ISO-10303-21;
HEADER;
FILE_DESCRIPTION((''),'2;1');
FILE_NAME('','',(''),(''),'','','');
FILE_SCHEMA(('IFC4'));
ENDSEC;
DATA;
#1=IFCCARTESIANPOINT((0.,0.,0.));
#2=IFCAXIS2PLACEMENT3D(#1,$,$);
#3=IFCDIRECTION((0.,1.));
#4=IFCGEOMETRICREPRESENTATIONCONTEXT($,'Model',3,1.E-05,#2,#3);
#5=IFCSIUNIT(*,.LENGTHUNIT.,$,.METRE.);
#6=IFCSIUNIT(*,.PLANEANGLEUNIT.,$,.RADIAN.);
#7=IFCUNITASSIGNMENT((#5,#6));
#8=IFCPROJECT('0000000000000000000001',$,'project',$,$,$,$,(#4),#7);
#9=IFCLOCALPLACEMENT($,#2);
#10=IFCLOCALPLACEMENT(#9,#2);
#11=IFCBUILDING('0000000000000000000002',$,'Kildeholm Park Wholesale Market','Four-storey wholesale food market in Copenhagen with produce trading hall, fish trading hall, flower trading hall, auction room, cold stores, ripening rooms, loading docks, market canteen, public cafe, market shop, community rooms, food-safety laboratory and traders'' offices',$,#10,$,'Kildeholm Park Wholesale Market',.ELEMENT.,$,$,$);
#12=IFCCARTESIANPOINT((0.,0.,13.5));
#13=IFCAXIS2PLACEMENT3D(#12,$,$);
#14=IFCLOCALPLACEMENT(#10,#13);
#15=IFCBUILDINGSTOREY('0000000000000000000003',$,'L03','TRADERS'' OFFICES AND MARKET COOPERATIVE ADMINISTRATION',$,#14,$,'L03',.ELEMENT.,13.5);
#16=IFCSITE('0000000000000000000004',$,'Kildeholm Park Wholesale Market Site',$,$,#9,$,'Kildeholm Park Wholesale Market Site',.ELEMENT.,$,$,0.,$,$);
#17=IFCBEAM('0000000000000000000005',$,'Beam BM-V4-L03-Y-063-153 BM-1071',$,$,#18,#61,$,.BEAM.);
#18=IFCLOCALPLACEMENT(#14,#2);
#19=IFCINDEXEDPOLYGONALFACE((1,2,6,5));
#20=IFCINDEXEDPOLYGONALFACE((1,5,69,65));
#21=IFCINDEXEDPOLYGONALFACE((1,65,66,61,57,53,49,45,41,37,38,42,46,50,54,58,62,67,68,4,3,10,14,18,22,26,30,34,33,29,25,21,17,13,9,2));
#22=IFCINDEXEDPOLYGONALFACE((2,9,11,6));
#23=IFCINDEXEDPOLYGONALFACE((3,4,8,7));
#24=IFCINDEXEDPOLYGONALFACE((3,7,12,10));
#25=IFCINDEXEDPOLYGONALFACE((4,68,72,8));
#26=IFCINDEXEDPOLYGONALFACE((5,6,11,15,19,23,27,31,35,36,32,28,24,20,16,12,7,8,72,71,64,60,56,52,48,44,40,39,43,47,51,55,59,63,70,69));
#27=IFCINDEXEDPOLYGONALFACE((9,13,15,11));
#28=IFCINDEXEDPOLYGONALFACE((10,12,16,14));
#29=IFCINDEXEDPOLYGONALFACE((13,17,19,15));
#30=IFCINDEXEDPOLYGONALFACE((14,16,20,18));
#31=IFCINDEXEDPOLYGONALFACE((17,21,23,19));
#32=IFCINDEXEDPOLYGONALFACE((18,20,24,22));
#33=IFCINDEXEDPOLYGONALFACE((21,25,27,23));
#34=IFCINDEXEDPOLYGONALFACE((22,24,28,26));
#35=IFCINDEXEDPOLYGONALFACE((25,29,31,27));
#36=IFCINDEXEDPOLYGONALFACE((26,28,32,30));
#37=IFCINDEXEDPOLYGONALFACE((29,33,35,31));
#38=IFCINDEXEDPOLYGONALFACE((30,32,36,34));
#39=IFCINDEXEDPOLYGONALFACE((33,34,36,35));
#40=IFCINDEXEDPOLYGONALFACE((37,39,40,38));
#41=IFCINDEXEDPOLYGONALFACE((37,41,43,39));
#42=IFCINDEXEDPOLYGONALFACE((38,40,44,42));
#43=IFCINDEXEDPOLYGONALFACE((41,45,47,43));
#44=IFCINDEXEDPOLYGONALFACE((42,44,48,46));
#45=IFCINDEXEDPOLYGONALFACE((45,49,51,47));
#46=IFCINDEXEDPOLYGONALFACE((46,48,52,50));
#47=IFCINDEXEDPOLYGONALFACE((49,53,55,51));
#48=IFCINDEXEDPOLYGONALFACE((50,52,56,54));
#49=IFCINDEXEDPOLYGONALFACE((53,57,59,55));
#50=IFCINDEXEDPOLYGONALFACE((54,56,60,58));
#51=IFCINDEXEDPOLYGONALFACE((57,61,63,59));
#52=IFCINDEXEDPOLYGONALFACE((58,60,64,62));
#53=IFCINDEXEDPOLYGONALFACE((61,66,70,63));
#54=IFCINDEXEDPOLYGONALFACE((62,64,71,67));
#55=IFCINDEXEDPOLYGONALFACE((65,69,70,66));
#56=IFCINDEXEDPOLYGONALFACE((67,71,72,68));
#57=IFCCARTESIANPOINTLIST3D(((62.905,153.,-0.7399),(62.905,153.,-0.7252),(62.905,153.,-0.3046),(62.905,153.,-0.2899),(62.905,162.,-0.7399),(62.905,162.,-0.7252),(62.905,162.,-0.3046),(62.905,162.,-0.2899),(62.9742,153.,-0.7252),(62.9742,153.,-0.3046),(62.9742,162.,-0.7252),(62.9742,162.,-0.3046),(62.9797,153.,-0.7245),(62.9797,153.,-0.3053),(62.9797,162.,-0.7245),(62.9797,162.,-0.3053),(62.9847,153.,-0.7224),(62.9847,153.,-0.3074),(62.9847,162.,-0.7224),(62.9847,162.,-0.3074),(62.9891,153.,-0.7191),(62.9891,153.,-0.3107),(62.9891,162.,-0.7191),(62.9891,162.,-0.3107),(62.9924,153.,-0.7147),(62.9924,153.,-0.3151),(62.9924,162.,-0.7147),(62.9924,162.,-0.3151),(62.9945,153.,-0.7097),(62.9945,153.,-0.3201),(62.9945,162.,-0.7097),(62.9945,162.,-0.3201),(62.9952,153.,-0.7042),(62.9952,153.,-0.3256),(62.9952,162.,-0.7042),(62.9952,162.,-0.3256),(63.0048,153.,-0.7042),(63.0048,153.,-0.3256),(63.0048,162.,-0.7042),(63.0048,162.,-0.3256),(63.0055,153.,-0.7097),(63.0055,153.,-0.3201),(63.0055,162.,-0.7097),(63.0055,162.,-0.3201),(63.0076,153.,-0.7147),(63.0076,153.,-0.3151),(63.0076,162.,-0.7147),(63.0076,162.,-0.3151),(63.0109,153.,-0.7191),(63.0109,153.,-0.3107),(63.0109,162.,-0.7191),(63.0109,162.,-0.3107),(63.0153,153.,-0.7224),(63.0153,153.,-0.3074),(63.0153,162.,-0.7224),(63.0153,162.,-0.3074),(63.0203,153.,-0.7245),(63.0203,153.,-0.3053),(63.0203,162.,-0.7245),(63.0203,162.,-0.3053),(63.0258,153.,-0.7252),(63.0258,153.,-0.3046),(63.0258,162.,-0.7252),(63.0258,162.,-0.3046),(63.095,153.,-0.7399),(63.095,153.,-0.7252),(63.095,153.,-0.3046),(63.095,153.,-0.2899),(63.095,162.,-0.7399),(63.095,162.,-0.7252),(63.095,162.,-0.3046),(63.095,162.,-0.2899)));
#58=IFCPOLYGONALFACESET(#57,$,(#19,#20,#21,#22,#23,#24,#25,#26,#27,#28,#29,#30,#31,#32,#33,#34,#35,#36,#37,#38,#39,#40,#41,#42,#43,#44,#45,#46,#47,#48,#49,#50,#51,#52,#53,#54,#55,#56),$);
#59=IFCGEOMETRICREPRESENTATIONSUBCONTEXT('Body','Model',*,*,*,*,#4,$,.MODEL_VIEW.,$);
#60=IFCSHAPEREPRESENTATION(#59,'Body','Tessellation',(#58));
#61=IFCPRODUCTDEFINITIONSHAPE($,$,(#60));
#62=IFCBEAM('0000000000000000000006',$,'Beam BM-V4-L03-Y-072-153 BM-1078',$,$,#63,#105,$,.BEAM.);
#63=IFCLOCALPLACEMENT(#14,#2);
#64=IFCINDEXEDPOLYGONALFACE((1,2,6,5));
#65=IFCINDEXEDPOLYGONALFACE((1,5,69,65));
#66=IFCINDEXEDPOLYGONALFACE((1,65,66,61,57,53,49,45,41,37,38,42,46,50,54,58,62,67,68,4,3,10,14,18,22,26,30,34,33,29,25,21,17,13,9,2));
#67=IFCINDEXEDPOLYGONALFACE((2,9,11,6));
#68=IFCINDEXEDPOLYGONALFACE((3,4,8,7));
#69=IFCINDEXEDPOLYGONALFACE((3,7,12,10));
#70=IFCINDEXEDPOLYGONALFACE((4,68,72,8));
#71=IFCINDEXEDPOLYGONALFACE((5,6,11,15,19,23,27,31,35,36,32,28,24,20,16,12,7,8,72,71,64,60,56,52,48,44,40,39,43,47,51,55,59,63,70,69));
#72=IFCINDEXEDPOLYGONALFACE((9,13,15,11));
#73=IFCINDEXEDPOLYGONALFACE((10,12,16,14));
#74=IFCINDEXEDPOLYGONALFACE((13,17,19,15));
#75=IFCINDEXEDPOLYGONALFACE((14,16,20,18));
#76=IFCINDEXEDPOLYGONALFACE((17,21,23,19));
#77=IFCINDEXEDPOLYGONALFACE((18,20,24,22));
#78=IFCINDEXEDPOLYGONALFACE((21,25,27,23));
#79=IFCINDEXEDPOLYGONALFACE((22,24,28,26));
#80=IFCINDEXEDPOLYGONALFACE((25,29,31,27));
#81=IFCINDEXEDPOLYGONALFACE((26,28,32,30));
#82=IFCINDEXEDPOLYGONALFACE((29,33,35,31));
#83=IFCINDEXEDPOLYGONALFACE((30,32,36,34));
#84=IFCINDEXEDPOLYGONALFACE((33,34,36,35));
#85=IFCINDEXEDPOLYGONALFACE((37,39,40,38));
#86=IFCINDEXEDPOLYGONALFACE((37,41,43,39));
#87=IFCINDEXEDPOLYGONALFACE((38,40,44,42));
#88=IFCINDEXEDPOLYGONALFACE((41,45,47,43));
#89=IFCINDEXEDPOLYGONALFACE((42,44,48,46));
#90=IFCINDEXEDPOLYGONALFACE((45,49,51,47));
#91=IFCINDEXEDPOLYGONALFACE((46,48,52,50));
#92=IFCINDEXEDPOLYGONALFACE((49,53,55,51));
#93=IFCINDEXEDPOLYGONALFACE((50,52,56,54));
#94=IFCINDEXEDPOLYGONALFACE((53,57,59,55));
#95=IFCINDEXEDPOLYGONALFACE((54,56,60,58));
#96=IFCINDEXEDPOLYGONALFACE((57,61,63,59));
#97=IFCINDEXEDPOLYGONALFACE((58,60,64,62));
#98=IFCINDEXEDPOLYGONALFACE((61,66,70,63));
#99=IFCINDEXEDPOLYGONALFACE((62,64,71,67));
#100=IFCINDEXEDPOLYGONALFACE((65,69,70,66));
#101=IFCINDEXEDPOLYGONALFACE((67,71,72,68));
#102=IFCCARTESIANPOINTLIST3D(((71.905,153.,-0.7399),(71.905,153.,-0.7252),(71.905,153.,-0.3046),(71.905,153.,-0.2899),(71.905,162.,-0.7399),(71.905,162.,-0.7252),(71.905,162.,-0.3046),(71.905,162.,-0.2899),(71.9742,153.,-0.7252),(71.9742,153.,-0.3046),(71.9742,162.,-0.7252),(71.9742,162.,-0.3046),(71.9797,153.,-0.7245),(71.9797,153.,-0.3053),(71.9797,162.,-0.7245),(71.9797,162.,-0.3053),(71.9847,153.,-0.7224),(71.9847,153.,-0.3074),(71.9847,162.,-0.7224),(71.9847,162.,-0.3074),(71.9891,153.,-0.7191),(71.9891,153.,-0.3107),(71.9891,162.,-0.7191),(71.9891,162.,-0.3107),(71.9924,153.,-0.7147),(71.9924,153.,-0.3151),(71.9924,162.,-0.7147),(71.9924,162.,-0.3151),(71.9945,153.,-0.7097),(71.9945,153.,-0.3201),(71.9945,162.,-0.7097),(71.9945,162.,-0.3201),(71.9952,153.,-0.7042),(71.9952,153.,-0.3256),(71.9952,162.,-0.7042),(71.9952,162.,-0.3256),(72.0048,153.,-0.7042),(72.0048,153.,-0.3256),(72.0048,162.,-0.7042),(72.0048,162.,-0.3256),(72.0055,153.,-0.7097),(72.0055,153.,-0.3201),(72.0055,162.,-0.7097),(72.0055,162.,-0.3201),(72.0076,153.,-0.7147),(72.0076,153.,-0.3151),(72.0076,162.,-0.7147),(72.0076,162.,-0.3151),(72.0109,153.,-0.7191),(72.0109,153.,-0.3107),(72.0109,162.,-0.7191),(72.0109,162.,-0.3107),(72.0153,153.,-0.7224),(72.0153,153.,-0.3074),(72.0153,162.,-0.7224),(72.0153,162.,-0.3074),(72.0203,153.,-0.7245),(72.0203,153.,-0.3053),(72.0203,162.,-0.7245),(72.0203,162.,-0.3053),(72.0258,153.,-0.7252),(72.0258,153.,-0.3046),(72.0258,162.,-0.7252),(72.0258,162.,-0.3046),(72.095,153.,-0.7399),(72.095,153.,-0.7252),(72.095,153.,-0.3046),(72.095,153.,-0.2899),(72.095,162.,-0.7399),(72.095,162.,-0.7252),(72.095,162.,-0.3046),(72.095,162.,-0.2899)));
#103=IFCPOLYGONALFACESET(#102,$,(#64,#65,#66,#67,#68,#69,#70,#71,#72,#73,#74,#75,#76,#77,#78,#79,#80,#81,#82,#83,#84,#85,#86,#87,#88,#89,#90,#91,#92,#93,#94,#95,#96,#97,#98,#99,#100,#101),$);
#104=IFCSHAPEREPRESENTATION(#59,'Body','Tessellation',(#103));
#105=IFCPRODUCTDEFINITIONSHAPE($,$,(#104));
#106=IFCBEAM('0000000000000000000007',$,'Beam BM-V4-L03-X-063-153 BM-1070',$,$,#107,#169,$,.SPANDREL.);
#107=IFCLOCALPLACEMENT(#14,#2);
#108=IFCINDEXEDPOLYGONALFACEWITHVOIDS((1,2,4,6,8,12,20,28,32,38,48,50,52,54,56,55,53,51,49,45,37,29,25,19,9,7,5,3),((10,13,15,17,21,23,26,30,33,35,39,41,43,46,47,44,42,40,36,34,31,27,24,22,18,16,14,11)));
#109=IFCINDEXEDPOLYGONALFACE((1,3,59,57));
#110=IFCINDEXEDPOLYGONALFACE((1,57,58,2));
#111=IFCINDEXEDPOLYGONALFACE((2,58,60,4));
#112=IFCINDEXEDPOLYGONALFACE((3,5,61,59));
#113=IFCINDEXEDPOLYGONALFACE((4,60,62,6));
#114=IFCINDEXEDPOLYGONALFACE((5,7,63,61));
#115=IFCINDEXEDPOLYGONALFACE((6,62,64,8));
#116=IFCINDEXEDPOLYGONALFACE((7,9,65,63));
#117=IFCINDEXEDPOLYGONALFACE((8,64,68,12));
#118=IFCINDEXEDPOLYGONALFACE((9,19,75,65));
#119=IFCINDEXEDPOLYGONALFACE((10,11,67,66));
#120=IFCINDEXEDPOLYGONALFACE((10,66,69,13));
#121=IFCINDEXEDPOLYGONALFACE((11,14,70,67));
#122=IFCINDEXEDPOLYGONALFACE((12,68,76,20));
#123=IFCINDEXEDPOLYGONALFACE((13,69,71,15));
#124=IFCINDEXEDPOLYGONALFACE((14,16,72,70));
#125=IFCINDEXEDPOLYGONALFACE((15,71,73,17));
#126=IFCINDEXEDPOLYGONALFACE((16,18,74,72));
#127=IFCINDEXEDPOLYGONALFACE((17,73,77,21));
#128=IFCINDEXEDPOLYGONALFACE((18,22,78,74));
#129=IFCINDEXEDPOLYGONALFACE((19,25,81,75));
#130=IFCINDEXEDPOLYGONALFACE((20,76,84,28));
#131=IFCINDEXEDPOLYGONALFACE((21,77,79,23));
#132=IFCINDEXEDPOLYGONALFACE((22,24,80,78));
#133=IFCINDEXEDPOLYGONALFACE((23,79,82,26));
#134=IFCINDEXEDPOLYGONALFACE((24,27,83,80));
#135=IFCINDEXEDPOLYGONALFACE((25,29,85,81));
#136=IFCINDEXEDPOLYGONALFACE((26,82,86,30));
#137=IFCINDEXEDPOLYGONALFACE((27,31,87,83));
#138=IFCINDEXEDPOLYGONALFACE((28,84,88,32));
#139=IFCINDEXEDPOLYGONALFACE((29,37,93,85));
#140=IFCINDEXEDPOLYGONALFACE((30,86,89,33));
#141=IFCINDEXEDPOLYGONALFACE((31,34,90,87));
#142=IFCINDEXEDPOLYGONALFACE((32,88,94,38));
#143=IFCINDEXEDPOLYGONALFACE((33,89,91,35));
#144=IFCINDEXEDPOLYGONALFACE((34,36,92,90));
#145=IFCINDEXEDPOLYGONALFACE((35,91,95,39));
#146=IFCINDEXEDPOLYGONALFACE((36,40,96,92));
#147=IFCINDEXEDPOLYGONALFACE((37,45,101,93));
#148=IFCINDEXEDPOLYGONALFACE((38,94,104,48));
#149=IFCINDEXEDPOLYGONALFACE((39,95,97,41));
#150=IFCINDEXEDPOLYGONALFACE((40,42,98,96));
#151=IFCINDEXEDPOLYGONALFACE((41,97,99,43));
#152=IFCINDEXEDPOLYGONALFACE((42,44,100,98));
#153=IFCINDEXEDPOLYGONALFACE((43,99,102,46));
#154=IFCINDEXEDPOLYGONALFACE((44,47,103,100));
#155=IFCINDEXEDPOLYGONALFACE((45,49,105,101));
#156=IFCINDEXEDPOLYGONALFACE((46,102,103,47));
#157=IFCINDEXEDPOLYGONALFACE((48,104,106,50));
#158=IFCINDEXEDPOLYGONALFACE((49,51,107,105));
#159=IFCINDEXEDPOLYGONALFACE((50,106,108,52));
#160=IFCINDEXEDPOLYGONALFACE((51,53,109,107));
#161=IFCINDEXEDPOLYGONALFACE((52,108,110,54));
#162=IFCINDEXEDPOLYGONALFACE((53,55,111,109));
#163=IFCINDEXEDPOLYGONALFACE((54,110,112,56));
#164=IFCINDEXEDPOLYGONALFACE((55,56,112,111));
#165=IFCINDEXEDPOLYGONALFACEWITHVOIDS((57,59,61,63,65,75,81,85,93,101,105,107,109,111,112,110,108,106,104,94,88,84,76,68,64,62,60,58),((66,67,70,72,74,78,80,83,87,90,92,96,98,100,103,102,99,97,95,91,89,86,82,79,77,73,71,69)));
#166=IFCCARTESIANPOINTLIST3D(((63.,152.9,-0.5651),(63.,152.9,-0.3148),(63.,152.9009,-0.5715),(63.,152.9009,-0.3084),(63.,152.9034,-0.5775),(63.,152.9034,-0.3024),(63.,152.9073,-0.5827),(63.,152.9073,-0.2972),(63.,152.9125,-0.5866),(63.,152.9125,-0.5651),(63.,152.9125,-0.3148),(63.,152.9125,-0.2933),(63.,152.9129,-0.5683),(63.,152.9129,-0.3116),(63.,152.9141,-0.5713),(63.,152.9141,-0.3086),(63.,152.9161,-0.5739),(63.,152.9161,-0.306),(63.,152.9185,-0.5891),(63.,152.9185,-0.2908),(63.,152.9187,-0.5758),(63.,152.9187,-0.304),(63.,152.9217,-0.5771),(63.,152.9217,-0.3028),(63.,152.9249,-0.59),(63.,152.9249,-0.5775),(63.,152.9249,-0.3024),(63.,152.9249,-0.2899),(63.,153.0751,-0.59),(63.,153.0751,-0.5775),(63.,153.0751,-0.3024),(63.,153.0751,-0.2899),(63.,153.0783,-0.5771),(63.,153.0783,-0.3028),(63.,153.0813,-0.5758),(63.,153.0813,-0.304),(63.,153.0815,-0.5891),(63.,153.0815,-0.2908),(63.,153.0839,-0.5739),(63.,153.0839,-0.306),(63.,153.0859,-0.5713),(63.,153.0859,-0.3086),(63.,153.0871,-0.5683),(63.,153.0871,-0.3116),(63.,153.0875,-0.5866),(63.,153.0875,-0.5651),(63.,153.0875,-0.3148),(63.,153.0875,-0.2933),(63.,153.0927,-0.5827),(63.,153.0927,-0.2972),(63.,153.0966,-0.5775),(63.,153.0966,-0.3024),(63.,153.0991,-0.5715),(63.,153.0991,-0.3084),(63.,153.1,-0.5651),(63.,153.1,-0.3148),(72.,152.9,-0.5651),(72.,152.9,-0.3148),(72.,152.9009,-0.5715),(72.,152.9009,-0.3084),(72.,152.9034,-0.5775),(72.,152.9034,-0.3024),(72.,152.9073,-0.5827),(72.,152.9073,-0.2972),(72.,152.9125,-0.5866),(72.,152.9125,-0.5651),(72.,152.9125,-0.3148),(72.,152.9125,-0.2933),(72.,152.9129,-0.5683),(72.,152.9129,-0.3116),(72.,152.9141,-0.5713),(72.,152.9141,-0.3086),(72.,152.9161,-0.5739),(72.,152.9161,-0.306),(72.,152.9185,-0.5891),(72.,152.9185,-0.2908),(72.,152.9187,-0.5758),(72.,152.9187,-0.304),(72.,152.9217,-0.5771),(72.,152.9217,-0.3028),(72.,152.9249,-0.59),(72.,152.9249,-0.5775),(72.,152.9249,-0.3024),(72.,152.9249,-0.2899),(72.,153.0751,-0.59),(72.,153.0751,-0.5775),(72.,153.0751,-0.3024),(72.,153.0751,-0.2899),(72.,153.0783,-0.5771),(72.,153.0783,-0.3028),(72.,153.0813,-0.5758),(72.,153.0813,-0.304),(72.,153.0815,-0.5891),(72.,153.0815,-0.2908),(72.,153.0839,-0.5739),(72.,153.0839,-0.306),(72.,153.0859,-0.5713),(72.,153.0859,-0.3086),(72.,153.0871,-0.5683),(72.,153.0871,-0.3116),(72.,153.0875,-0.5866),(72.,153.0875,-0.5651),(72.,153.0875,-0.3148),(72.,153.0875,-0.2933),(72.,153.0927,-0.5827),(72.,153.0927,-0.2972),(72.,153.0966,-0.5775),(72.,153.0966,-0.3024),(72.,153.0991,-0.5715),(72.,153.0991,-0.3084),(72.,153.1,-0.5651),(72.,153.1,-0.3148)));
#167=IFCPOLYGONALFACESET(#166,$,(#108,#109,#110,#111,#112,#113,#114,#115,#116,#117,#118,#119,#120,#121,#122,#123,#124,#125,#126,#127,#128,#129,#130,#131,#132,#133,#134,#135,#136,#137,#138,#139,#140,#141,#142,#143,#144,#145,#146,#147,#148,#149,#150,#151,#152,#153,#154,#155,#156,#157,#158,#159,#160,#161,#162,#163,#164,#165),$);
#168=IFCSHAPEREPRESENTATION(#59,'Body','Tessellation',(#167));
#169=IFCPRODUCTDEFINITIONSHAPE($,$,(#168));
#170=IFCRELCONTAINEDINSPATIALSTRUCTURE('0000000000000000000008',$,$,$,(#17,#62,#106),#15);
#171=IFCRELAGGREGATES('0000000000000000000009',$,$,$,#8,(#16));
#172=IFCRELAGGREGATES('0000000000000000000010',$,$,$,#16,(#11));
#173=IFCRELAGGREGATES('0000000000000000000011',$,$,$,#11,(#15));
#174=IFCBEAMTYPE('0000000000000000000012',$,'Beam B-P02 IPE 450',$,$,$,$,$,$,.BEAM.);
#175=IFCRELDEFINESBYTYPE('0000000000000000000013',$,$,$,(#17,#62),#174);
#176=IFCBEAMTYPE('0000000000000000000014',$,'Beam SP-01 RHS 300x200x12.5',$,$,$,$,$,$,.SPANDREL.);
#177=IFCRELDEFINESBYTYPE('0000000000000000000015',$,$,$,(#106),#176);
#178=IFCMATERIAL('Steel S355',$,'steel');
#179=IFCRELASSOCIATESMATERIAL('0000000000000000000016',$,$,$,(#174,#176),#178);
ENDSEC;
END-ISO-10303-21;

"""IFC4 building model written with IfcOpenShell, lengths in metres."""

from ifc_helpers import new_model, si_unit, direction, frame, origin, origin_2d, place, context, subcontext, project, spatial, hollow_rectangle, i_section, extrude, material, material_profile, profile_set, type_object, element, save


model = new_model("IFC4")

# Units and contexts
model_context = context("Model", 3, precision=1e-05, world=origin(), true_north=direction((0.0, 1.0)))
body_context = subcontext(model_context, "Body", "Model", "MODEL_VIEW")
ifc_project = project(units=[si_unit("LENGTHUNIT", "METRE"), si_unit("PLANEANGLEUNIT", "RADIAN")], contexts=[model_context])

# Site, building, storey
site_placement = place(None, origin())
site = spatial("IfcSite", under=ifc_project, at=site_placement, Name="Kildeholm Park Wholesale Market Site", LongName="Kildeholm Park Wholesale Market Site", CompositionType="ELEMENT", RefElevation=0.0)
building_placement = place(site_placement, origin())
building = spatial("IfcBuilding", under=site, at=building_placement, Name="Kildeholm Park Wholesale Market", Description="Four-storey wholesale food market in Copenhagen with produce trading hall, fish trading hall, flower trading hall, auction room, cold stores, ripening rooms, loading docks, market canteen, public cafe, market shop, community rooms, food-safety laboratory and traders' offices", LongName="Kildeholm Park Wholesale Market", CompositionType="ELEMENT")
storey_placement = place(building_placement, frame((0.0, 0.0, 13.5)))
storey = spatial("IfcBuildingStorey", under=building, at=storey_placement, Name="L03", Description="TRADERS' OFFICES AND MARKET COOPERATIVE ADMINISTRATION", LongName="L03", CompositionType="ELEMENT", Elevation=13.5)

# Shared definitions
ifc_material_1 = material(Name="Steel S355", Category="steel")

# Beams
ifc_material_profile_1 = material_profile(ifc_material_1, i_section(OverallWidth=0.1899, OverallDepth=0.45, WebThickness=0.0095, FlangeThickness=0.0146, FilletRadius=0.021, at=origin_2d()), Name="IPE 450")
ifc_profile_set_1 = profile_set([ifc_material_profile_1], Name="Steel S355")
beam_type_1 = type_object("IfcBeamType", Name="Beam B-P02 IPE 450", PredefinedType="BEAM", material=ifc_profile_set_1)
for number, where, z_axis, x_axis, name in (
    (1, (63.0, 153.0, -0.5149), (0.0, 1.0, 0.0), (-1.0, 0.0, 0.0), "Beam BM-V4-L03-Y-063-153 BM-1071"),
    (2, (72.0, 153.0, -0.5149), (0.0, 1.0, 0.0), (-1.0, 0.0, 0.0), "Beam BM-V4-L03-Y-072-153 BM-1078"),
):
    element("IfcBeam", number, at=place(storey_placement, frame(where, z_axis=z_axis, x_axis=x_axis)), inside=storey, type_object=beam_type_1, Name=name, PredefinedType="BEAM", context=body_context, shape_type="SweptSolid", body=[
        extrude(i_section(OverallWidth=0.1899, OverallDepth=0.45, WebThickness=0.0095, FlangeThickness=0.0146, FilletRadius=0.021, at=origin_2d()), origin(), (0.0, 0.0, 1.0), 9.0),
    ])
ifc_material_profile_2 = material_profile(ifc_material_1, hollow_rectangle(XDim=0.2, YDim=0.3, WallThickness=0.0125, InnerFilletRadius=0.0125, OuterFilletRadius=0.0249, at=origin_2d()), Name="RHS 300x200x12.5")
ifc_profile_set_2 = profile_set([ifc_material_profile_2], Name="Steel S355")
beam_type_2 = type_object("IfcBeamType", Name="Beam SP-01 RHS 300x200x12.5", PredefinedType="SPANDREL", material=ifc_profile_set_2)
for number, where, z_axis, x_axis, name in (
    (3, (63.0, 153.0, -0.4399), (1.0, 0.0, 0.0), (0.0, 1.0, 0.0), "Beam BM-V4-L03-X-063-153 BM-1070"),
):
    element("IfcBeam", number, at=place(storey_placement, frame(where, z_axis=z_axis, x_axis=x_axis)), inside=storey, type_object=beam_type_2, Name=name, PredefinedType="SPANDREL", context=body_context, shape_type="SweptSolid", body=[
        extrude(hollow_rectangle(XDim=0.2, YDim=0.3, WallThickness=0.0125, InnerFilletRadius=0.0125, OuterFilletRadius=0.0249, at=origin_2d()), origin(), (0.0, 0.0, 1.0), 9.0),
    ])

save(model, "model.ifc")
